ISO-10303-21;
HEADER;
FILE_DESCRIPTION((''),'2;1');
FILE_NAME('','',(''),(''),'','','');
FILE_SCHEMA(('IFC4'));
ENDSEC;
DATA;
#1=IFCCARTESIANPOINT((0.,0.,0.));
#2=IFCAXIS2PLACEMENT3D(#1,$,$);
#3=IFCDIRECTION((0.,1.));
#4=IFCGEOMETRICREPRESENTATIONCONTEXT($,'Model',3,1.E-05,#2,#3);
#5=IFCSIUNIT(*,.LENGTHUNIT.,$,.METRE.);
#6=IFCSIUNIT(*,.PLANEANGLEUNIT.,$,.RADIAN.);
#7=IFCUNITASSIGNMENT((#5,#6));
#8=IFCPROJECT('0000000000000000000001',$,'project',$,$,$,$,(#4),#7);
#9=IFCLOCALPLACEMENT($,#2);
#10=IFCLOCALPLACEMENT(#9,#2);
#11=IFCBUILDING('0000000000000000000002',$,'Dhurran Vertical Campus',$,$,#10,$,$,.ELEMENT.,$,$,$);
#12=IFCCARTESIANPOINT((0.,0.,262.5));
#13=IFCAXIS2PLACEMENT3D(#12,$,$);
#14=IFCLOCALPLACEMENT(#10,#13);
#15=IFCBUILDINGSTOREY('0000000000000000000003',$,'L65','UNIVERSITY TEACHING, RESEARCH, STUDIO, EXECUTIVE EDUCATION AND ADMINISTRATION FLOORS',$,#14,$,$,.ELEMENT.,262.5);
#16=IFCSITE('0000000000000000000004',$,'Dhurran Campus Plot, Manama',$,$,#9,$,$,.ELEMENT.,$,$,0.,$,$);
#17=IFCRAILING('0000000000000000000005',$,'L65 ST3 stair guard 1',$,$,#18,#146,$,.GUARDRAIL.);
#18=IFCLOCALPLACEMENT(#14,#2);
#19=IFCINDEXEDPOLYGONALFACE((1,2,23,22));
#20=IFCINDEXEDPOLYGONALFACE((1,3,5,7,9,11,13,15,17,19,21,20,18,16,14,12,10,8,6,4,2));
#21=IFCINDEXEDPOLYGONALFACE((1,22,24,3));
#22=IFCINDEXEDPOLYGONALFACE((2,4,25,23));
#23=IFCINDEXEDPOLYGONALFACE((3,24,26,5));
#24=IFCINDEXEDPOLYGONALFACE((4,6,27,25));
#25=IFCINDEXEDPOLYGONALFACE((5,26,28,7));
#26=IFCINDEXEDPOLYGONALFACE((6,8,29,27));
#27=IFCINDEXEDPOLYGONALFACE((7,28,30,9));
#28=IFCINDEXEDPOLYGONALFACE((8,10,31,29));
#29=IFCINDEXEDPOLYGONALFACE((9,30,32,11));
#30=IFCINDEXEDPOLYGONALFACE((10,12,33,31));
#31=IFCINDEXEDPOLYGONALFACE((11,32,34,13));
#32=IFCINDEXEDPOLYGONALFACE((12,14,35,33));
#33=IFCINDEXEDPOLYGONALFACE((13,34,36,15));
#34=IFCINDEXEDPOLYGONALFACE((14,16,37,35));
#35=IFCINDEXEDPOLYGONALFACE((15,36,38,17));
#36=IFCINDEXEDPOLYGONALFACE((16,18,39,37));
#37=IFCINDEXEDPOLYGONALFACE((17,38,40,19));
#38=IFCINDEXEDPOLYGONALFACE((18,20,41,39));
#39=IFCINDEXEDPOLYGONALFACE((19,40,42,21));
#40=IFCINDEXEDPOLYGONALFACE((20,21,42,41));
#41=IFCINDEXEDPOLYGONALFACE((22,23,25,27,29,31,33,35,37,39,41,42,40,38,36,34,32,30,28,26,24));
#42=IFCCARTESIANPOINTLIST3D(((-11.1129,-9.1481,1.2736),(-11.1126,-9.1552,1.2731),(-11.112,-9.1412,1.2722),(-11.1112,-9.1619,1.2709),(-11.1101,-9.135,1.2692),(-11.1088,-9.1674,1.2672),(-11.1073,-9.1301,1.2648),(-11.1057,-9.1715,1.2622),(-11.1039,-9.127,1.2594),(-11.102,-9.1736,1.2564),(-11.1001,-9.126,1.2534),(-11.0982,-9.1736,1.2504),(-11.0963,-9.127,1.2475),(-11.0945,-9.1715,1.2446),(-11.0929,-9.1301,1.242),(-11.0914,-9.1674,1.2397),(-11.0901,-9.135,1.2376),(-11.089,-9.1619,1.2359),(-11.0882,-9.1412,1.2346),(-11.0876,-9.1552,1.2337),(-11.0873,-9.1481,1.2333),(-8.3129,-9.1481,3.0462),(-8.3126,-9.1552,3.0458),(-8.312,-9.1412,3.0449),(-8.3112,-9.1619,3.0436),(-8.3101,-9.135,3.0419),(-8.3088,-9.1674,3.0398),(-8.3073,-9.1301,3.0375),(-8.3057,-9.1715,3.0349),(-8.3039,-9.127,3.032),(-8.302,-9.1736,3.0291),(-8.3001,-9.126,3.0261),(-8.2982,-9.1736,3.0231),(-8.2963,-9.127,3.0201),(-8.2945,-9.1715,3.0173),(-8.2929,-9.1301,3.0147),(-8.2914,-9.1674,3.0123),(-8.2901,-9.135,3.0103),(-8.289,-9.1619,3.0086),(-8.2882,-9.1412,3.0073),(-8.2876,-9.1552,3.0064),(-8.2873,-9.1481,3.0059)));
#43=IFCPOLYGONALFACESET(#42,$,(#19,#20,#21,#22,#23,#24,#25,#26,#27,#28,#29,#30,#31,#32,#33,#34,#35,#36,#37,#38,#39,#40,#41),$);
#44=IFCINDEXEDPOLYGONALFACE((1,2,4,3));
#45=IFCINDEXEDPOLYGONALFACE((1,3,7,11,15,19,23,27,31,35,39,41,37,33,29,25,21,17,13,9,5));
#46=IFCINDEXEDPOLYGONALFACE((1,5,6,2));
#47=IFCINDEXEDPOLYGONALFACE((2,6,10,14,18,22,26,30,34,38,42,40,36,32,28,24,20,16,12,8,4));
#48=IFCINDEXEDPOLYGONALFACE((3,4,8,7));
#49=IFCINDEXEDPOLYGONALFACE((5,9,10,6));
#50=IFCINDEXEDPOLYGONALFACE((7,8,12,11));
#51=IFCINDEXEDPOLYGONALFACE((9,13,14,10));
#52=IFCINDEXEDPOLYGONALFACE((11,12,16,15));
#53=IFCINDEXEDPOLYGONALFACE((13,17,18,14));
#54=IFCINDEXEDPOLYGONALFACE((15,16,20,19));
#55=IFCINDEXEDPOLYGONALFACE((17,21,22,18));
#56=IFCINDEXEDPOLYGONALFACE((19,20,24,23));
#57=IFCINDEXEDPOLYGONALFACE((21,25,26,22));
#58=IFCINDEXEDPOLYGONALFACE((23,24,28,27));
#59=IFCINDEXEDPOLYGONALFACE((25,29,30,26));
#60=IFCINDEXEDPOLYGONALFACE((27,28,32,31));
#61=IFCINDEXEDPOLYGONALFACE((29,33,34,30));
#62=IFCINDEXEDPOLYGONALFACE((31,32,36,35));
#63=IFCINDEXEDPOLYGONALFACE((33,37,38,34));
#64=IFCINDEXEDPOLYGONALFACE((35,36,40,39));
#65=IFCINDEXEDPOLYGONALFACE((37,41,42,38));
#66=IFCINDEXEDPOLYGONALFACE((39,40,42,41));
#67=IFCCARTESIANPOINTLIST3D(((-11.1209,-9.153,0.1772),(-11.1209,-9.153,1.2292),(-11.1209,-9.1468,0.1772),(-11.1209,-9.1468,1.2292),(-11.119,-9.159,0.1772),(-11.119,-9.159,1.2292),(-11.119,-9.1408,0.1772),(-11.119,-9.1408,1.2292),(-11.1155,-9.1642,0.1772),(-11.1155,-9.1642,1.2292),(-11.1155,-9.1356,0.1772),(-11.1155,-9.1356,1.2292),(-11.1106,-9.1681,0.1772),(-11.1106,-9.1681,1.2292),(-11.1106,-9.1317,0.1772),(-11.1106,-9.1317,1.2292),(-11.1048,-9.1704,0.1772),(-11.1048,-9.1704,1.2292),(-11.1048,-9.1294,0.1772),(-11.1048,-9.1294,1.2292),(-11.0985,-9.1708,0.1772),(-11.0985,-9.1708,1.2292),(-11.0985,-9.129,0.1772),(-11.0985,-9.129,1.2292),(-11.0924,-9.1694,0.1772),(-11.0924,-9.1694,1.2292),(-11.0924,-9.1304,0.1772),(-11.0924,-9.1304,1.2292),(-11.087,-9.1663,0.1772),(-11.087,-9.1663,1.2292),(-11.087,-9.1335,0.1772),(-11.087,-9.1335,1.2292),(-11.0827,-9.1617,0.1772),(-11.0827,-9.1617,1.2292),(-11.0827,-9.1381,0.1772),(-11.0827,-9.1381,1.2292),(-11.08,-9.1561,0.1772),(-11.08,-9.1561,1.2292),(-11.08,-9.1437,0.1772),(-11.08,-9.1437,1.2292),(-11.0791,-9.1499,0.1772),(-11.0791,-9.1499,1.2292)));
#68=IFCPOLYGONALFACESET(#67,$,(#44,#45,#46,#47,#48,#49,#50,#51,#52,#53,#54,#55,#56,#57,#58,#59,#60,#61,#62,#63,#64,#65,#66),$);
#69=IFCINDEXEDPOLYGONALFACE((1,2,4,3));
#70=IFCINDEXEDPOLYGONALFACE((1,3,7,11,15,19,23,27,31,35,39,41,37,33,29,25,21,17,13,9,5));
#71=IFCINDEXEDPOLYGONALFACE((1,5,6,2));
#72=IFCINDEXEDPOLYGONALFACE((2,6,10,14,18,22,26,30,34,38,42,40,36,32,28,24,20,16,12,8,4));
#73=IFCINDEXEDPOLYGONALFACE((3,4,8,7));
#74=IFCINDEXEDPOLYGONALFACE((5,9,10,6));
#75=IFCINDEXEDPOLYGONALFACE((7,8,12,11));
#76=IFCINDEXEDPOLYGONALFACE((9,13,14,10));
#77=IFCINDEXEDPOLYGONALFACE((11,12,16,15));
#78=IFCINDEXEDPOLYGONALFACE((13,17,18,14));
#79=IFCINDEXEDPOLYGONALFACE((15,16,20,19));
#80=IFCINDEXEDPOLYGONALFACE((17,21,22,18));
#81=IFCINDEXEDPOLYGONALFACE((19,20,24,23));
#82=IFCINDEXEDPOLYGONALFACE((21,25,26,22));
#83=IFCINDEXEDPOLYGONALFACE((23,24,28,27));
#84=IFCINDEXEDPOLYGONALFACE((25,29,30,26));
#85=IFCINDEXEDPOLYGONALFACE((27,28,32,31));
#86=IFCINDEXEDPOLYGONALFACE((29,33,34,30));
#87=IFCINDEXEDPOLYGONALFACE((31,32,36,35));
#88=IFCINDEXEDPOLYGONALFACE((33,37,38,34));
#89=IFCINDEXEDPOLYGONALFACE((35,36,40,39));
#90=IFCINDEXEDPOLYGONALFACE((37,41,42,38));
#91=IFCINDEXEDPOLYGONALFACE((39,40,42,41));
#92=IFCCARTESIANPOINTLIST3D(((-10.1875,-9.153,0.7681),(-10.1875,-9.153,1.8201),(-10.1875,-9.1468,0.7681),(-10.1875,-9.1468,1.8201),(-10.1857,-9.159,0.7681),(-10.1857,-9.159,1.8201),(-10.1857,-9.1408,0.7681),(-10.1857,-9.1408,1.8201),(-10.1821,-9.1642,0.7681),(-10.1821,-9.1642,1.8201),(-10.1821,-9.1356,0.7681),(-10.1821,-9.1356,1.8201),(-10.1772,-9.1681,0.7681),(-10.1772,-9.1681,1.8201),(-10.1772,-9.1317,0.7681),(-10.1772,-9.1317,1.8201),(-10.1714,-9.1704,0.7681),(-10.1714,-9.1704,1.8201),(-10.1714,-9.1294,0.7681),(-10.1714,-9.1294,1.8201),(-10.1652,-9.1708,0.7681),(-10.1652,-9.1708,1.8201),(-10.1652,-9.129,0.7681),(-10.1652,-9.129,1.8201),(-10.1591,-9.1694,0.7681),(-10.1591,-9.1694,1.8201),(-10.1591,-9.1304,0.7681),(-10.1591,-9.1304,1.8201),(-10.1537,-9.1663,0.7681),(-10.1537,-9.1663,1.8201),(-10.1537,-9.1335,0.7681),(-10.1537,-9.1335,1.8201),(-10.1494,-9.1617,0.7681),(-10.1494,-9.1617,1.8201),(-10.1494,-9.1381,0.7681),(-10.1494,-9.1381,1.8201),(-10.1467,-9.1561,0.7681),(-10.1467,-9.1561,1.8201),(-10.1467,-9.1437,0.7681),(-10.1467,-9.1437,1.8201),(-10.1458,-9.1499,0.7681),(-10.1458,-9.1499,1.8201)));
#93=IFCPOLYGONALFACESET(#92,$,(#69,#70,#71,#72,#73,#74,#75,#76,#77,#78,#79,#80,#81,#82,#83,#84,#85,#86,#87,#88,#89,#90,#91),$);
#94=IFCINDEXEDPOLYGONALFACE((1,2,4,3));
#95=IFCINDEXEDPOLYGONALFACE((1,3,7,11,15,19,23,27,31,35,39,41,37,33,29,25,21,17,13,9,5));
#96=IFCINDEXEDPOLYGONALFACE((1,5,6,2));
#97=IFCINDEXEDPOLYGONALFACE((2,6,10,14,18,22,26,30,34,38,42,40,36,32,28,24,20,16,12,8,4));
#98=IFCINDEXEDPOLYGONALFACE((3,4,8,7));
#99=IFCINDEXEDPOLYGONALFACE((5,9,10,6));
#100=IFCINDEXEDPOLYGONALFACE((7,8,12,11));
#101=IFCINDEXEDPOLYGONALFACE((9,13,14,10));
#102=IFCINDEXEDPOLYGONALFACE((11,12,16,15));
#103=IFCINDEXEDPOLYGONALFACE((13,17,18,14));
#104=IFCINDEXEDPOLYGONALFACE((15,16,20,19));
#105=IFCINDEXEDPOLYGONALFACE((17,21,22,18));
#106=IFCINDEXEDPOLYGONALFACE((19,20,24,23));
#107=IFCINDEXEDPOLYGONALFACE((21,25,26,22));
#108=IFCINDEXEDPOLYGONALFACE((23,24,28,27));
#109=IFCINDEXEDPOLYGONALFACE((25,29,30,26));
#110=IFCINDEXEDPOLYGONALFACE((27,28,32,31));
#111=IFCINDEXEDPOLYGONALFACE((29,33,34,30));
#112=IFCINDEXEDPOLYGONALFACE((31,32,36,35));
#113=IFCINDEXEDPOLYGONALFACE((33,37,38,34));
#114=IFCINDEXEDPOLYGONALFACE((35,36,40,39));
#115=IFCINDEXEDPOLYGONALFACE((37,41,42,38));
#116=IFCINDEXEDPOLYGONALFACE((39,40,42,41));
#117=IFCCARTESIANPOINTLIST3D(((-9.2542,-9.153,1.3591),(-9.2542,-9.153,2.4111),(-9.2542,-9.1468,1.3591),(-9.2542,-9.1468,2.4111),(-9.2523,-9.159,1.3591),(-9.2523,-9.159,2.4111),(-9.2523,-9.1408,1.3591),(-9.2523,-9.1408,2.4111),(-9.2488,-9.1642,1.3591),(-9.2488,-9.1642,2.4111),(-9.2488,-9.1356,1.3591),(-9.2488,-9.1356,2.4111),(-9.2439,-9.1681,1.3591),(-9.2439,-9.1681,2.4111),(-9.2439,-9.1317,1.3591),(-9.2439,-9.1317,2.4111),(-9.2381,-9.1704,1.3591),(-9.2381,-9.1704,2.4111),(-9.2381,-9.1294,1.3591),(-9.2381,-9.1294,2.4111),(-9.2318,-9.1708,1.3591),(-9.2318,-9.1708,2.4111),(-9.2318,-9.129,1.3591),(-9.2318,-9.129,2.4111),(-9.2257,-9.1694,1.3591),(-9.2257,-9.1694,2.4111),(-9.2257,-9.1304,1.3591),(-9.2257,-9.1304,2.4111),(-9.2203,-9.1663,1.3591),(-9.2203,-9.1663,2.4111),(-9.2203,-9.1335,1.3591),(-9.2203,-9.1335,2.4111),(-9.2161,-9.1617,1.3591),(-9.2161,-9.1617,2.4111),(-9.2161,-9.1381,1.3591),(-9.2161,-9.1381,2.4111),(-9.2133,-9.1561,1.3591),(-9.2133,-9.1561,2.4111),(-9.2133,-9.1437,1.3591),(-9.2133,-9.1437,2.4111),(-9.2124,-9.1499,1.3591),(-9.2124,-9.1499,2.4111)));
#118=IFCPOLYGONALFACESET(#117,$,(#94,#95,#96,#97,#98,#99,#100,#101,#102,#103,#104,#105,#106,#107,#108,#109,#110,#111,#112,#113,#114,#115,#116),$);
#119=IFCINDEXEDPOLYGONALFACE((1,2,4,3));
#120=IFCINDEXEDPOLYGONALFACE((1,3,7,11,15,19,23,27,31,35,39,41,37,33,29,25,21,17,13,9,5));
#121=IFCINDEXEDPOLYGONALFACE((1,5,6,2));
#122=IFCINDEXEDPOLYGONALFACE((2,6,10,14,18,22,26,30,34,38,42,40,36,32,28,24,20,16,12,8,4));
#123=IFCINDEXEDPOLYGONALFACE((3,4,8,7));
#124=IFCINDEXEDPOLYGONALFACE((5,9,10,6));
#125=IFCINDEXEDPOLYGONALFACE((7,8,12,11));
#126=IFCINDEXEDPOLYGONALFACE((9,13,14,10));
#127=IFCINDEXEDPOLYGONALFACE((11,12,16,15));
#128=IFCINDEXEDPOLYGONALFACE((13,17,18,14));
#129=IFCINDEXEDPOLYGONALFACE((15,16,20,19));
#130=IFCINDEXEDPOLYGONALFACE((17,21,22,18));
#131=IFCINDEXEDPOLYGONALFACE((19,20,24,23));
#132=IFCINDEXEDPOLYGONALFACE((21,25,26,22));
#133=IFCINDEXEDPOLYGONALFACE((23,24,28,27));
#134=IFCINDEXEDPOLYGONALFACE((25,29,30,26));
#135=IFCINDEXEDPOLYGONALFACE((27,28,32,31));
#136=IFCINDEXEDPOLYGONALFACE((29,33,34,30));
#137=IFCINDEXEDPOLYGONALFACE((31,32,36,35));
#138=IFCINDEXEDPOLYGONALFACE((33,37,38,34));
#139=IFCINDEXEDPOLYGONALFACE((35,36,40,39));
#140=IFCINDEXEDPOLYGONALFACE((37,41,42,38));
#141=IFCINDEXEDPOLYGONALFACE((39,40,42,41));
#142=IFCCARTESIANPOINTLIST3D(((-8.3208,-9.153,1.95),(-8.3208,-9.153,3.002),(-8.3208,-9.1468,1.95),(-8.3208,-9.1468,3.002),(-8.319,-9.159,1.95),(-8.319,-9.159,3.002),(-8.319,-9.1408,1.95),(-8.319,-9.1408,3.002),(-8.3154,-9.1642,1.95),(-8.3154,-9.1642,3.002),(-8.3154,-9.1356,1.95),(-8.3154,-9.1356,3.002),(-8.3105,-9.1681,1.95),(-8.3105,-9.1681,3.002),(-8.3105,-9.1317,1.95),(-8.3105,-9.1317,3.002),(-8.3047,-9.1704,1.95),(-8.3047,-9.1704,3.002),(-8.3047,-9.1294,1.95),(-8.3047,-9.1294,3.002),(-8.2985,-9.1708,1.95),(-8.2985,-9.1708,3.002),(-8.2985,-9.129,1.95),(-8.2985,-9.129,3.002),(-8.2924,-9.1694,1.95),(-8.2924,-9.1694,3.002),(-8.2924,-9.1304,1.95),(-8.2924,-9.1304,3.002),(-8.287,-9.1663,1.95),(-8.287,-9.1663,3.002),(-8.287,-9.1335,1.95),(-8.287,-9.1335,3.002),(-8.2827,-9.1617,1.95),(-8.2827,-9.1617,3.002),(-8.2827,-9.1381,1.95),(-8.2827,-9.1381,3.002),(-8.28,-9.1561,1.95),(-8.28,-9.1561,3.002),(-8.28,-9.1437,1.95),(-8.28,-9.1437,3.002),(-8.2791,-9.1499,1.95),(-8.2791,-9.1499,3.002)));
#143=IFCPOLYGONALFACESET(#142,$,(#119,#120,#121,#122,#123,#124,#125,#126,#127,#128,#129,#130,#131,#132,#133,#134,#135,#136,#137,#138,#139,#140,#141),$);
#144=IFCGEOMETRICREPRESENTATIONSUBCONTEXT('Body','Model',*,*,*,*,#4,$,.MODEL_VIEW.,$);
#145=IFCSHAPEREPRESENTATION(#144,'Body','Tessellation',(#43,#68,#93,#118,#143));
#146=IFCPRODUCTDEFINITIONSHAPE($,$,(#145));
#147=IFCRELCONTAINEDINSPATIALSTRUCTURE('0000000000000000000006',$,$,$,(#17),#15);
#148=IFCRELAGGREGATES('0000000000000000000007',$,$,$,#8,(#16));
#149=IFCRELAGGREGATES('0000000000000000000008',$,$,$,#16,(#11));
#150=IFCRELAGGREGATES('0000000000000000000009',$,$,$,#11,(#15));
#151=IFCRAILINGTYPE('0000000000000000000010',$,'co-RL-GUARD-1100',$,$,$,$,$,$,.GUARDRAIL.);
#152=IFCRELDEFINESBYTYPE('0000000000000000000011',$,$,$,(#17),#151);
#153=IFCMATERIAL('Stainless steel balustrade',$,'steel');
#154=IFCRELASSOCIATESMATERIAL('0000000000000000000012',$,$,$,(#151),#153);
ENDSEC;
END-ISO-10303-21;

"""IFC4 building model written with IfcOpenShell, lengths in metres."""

from ifc_helpers import new_model, si_unit, direction, frame, origin, origin_2d, place, context, subcontext, project, spatial, circle, extrude, material, type_object, element, save


model = new_model("IFC4")

# Units and contexts
model_context = context("Model", 3, precision=1e-05, world=origin(), true_north=direction((0.0, 1.0)))
body_context = subcontext(model_context, "Body", "Model", "MODEL_VIEW")
ifc_project = project(units=[si_unit("LENGTHUNIT", "METRE"), si_unit("PLANEANGLEUNIT", "RADIAN")], contexts=[model_context])

# Site, building, storey
site_placement = place(None, origin())
site = spatial("IfcSite", under=ifc_project, at=site_placement, Name="Dhurran Campus Plot, Manama", CompositionType="ELEMENT", RefElevation=0.0)
building_placement = place(site_placement, origin())
building = spatial("IfcBuilding", under=site, at=building_placement, Name="Dhurran Vertical Campus", CompositionType="ELEMENT")
storey_placement = place(building_placement, frame((0.0, 0.0, 262.5)))
storey = spatial("IfcBuildingStorey", under=building, at=storey_placement, Name="L65", Description="UNIVERSITY TEACHING, RESEARCH, STUDIO, EXECUTIVE EDUCATION AND ADMINISTRATION FLOORS", CompositionType="ELEMENT", Elevation=262.5)

# Railing
ifc_material_1 = material(Name="Stainless steel balustrade", Category="steel")
railing_type_1 = type_object("IfcRailingType", Name="co-RL-GUARD-1100", PredefinedType="GUARDRAIL", material=ifc_material_1)
railing_1_placement = place(storey_placement, frame((-11.1001, -9.1499, 0.1772)))
element("IfcRailing", 1, at=railing_1_placement, inside=storey, type_object=railing_type_1, Name="L65 ST3 stair guard 1", PredefinedType="GUARDRAIL", context=body_context, shape_type="SweptSolid", body=[
    extrude(circle(Radius=0.0239, at=origin_2d()), frame((0.0, 0.0, 1.0762), z_axis=(0.844909, 0.0, 0.53491), x_axis=(0.0, 1.0, 0.0)), (0.0, 0.0, 1.0), 3.314),
    extrude(circle(Radius=0.021, at=origin_2d()), origin(), (0.0, 0.0, 1.0), 1.052),
    extrude(circle(Radius=0.021, at=origin_2d()), frame((0.9333, 0.0, 0.5908)), (0.0, 0.0, 1.0), 1.052),
    extrude(circle(Radius=0.021, at=origin_2d()), frame((1.8667, 0.0, 1.1819)), (0.0, 0.0, 1.0), 1.052),
    extrude(circle(Radius=0.021, at=origin_2d()), frame((2.8, 0.0, 1.7727)), (0.0, 0.0, 1.0), 1.052),
])

save(model, "model.ifc")
